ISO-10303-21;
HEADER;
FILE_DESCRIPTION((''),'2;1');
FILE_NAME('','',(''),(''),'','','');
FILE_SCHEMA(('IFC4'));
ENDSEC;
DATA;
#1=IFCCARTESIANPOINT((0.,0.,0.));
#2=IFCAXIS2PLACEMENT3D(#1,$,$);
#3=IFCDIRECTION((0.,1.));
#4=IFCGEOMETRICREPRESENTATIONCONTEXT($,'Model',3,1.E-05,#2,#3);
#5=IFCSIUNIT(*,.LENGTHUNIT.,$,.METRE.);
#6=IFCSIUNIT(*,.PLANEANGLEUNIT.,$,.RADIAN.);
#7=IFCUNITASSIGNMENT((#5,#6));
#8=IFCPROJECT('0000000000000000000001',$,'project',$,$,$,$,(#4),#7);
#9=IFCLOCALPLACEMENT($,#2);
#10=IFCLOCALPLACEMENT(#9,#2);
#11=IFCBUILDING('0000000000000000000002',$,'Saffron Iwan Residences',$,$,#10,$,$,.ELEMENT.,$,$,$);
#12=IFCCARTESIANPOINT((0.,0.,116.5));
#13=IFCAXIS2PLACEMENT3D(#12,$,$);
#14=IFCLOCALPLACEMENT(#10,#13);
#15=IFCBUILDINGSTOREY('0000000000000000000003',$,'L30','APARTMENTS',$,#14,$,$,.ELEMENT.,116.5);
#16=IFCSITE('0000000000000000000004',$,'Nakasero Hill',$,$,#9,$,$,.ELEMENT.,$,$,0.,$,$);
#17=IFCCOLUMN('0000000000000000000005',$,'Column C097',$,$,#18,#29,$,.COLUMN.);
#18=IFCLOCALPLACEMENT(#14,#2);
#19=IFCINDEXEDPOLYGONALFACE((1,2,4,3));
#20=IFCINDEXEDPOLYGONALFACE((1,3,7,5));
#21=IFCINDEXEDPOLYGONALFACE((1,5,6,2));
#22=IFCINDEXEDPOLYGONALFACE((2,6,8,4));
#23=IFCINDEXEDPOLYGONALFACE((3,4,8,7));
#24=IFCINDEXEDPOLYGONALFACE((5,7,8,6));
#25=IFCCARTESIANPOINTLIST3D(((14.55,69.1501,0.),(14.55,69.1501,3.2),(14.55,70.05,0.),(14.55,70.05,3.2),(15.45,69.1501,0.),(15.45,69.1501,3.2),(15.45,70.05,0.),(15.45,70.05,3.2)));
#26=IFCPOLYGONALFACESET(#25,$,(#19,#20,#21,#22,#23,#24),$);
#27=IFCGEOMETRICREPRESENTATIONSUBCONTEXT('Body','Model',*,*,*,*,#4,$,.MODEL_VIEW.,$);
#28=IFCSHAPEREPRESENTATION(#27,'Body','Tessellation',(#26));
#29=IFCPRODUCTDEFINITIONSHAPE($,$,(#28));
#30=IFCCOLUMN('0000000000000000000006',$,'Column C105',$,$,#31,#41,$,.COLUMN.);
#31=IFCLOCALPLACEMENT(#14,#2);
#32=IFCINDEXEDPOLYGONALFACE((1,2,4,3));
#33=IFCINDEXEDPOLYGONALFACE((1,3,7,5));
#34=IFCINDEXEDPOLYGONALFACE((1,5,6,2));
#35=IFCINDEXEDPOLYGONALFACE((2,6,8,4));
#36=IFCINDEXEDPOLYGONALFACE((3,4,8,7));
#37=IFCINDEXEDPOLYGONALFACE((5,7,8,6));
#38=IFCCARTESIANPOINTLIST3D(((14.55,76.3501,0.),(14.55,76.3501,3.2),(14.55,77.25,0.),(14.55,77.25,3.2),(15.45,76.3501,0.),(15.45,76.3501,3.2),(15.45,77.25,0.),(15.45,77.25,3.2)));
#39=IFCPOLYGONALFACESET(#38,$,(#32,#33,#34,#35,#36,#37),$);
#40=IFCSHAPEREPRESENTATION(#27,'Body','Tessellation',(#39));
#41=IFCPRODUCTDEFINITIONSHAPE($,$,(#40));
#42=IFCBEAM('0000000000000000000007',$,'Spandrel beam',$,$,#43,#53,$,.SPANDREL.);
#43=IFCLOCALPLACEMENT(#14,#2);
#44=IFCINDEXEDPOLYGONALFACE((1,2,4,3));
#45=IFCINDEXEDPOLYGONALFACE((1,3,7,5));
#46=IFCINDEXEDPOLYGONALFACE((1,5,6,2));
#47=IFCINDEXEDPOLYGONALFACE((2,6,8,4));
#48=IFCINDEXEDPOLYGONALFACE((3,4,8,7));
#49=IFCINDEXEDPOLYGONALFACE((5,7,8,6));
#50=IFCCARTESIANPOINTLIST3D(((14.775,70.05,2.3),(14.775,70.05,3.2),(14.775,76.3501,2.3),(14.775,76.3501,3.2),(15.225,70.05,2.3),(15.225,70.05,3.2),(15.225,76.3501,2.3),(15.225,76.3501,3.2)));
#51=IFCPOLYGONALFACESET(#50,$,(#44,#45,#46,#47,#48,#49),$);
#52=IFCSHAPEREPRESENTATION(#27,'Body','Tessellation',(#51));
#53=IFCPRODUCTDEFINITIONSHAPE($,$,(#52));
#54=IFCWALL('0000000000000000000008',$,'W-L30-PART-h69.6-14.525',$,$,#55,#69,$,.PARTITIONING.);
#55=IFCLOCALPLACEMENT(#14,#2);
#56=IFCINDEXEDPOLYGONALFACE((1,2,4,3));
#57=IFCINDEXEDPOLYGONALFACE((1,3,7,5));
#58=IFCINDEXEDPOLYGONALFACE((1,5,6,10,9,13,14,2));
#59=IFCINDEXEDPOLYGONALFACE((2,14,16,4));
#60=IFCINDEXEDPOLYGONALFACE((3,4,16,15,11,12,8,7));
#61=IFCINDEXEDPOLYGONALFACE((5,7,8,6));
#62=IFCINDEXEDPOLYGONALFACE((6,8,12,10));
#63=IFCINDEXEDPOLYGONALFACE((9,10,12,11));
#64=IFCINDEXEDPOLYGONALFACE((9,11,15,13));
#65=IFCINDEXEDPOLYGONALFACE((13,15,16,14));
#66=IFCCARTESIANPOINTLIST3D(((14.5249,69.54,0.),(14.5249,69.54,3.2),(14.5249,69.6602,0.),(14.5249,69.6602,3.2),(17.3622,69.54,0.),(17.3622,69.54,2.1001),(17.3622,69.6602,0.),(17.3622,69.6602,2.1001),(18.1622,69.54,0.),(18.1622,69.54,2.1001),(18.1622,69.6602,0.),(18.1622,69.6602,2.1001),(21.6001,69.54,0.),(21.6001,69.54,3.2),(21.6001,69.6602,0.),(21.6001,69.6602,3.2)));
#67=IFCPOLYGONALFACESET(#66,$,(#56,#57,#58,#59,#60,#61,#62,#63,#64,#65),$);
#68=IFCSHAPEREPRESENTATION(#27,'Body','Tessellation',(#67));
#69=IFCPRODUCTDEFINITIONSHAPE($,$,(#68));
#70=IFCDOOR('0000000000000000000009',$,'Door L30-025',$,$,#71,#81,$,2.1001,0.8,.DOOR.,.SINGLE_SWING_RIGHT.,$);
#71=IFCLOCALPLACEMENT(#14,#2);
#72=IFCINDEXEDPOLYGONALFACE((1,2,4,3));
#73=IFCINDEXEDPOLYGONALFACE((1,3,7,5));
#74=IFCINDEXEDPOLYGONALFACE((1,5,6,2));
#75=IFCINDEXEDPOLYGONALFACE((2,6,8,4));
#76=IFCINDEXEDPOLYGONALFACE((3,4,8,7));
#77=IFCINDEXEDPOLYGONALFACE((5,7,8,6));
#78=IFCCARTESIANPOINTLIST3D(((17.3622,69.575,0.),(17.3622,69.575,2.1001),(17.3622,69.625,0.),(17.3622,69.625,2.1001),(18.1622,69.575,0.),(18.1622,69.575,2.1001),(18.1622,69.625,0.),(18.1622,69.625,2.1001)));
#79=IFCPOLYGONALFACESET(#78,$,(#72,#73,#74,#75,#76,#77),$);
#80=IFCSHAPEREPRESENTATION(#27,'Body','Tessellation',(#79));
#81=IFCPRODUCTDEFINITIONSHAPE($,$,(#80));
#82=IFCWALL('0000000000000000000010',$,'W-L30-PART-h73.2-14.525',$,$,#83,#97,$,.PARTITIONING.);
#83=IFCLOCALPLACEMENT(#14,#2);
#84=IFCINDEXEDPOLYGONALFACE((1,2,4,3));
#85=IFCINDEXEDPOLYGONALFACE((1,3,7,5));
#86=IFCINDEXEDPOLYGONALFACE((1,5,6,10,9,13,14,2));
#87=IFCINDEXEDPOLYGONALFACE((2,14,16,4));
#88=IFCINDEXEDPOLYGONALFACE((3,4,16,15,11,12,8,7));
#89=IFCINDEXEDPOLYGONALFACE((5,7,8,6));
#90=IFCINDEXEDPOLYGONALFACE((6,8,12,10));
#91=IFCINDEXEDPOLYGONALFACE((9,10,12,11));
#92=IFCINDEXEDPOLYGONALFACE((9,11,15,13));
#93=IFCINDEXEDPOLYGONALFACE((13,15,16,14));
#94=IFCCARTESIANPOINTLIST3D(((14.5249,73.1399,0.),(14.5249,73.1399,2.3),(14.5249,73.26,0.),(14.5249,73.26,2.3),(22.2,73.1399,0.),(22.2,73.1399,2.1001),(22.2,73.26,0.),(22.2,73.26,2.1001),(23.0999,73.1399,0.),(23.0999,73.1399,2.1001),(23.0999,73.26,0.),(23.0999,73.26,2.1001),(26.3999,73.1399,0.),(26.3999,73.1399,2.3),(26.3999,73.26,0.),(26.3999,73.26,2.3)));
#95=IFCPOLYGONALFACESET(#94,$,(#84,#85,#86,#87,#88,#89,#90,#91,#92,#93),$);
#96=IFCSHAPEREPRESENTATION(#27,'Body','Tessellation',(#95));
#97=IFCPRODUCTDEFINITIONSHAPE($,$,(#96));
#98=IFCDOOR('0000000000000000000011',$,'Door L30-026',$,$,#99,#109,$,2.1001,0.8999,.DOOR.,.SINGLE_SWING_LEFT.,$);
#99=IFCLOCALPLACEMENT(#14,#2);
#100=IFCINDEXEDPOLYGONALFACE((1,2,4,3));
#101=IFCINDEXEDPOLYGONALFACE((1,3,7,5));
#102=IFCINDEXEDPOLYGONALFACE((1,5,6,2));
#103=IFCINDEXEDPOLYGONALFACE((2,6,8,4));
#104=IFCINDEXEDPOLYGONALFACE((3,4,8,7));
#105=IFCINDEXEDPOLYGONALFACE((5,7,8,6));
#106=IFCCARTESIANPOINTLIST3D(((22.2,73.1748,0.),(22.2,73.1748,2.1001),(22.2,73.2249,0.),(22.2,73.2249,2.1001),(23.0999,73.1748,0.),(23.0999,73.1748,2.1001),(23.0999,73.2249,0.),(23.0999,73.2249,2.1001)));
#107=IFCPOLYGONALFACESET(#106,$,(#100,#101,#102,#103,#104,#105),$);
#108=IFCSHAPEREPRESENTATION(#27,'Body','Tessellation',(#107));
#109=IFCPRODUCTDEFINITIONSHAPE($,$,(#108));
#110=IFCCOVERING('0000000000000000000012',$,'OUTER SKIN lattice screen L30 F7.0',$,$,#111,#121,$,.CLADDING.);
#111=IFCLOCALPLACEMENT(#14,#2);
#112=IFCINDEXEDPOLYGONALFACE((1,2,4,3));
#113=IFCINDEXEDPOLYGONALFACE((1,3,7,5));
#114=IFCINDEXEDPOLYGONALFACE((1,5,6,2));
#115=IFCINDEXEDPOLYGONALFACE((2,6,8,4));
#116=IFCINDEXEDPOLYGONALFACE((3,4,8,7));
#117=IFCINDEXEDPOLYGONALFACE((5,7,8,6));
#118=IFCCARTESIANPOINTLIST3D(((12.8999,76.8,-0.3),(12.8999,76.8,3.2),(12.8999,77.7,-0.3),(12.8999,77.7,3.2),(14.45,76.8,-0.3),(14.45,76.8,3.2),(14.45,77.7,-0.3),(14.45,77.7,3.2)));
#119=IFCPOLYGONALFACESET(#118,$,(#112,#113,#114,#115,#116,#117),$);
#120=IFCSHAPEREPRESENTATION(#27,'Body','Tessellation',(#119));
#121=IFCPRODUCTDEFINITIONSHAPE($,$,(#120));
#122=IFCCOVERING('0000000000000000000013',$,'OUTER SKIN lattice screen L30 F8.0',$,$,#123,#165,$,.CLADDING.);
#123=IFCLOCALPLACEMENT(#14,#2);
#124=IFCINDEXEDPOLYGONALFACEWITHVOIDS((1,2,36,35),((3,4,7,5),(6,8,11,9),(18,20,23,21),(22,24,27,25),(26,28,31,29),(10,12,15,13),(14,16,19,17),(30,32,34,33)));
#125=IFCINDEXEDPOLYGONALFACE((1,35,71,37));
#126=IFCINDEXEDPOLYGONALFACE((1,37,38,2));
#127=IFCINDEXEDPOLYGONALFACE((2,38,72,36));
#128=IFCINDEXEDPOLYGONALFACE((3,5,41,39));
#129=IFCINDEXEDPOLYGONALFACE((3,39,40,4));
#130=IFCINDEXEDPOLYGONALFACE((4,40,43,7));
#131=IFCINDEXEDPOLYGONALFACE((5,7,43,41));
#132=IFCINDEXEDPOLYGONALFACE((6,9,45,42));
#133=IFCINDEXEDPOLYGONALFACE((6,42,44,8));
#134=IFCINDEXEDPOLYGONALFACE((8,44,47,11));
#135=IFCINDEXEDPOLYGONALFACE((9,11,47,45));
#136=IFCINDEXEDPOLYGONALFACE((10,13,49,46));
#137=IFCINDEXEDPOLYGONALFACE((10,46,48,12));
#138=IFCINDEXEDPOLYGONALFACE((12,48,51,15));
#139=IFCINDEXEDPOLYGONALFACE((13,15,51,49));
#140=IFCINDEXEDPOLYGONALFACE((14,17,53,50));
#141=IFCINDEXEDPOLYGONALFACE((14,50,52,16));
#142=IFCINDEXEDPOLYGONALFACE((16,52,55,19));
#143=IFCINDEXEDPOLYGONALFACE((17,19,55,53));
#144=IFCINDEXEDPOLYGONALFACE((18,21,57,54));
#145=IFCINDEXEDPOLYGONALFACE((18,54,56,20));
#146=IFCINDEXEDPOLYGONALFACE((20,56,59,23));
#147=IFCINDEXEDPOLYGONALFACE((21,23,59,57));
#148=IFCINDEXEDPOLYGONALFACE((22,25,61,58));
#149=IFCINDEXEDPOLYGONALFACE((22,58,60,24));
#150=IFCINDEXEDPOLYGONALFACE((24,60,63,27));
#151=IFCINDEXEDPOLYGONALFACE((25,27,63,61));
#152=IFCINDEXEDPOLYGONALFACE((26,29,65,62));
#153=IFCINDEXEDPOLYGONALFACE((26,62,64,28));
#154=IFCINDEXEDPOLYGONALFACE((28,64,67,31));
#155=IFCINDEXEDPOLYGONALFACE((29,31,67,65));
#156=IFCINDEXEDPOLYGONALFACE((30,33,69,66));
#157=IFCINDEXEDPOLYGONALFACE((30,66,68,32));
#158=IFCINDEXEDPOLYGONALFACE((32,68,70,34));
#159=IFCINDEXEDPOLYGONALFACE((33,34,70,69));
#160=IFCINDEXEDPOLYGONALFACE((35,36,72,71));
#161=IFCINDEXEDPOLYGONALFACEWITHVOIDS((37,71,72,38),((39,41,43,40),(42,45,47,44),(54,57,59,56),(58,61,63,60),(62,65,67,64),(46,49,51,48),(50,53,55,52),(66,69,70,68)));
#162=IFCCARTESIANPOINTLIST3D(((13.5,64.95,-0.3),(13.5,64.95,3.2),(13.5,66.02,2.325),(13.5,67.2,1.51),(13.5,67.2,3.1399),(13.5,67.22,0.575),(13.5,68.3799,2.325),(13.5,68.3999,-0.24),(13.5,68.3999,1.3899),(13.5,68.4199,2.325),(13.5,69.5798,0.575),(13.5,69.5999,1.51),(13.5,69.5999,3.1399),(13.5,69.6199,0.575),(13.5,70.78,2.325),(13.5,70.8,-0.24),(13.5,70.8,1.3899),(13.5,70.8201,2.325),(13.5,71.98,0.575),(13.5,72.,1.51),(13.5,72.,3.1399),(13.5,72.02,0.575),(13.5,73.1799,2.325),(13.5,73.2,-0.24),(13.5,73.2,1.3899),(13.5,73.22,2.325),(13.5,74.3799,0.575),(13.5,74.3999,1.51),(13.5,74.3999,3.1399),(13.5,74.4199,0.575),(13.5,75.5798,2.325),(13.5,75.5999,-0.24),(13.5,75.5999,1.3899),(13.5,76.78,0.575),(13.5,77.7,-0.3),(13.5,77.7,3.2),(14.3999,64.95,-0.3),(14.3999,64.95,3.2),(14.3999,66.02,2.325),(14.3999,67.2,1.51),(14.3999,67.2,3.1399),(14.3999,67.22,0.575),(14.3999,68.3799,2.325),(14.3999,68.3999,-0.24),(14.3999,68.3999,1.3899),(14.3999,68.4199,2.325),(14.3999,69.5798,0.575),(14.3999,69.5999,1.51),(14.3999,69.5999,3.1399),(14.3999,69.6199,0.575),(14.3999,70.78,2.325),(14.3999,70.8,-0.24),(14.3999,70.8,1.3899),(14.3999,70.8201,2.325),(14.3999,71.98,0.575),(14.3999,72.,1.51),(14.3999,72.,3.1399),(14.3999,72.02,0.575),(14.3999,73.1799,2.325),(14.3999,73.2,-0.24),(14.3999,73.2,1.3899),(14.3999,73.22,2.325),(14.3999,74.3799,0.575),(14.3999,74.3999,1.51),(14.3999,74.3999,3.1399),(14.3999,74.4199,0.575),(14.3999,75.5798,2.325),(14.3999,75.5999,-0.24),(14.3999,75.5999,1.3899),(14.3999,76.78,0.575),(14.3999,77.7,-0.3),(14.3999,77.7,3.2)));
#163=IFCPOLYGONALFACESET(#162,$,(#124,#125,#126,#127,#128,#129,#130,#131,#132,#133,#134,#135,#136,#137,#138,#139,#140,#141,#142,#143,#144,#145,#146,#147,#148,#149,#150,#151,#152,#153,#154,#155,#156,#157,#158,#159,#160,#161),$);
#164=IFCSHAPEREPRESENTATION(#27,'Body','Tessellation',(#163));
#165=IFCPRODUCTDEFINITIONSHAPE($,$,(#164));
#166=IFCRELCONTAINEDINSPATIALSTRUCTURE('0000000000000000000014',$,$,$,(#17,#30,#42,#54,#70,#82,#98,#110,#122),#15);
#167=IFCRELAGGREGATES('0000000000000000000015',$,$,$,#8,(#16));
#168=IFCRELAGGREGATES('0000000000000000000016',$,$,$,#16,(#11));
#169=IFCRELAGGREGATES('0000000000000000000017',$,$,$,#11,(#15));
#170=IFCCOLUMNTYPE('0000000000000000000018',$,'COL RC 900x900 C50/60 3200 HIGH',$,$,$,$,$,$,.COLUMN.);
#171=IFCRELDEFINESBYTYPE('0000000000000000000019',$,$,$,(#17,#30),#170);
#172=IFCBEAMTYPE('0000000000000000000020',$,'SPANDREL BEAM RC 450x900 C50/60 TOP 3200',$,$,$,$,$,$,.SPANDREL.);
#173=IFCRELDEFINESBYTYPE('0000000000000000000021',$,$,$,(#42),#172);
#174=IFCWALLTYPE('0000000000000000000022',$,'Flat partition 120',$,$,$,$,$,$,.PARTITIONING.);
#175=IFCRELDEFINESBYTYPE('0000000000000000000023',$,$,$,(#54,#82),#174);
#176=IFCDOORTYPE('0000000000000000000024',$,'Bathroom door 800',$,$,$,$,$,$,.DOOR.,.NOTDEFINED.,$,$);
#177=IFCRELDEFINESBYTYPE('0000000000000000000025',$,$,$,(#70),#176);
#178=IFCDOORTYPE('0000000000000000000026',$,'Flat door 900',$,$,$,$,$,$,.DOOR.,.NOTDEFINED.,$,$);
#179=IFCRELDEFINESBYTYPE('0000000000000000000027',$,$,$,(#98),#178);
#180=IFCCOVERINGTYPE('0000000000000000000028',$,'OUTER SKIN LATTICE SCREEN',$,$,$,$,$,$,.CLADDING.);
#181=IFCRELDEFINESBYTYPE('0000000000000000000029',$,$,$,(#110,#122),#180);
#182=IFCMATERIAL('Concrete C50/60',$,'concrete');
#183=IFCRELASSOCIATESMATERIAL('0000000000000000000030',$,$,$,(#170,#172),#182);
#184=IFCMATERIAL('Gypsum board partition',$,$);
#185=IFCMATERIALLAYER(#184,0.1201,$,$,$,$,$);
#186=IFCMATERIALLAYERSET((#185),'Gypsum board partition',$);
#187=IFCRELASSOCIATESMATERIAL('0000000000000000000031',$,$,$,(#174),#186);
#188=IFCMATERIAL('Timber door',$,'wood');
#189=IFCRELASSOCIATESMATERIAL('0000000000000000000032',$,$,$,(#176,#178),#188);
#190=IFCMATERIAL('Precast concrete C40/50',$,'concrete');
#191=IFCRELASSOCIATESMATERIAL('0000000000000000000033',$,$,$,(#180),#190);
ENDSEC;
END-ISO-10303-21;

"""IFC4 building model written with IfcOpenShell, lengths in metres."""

from ifc_helpers import new_model, si_unit, direction, frame, frame_2d, origin, origin_2d, place, context, subcontext, project, spatial, polyline, rectangle, outline, extrude, source, transform, mapped, material, layer, layer_set, material_profile, profile_set, type_object, element, fill, save


model = new_model("IFC4")

# Units and contexts
model_context = context("Model", 3, precision=1e-05, world=origin(), true_north=direction((0.0, 1.0)))
body_context = subcontext(model_context, "Body", "Model", "MODEL_VIEW")
ifc_project = project(units=[si_unit("LENGTHUNIT", "METRE"), si_unit("PLANEANGLEUNIT", "RADIAN")], contexts=[model_context])

# Site, building, storey
site_placement = place(None, origin())
site = spatial("IfcSite", under=ifc_project, at=site_placement, Name="Nakasero Hill", CompositionType="ELEMENT", RefElevation=0.0)
building_placement = place(site_placement, origin())
building = spatial("IfcBuilding", under=site, at=building_placement, Name="Saffron Iwan Residences", CompositionType="ELEMENT")
storey_placement = place(building_placement, frame((0.0, 0.0, 116.5)))
storey = spatial("IfcBuildingStorey", under=building, at=storey_placement, Name="L30", Description="APARTMENTS", CompositionType="ELEMENT", Elevation=116.5)

# Columns
ifc_material_1 = material(Name="Concrete C50/60", Category="concrete")
ifc_material_profile_1 = material_profile(ifc_material_1, rectangle(XDim=0.8999, YDim=0.8999, at=origin_2d()), Name="RC 900x900")
ifc_profile_set_1 = profile_set([ifc_material_profile_1], Name="Concrete C50/60")
column_type = type_object("IfcColumnType", Name="COL RC 900x900 C50/60 3200 HIGH", PredefinedType="COLUMN", material=ifc_profile_set_1)
shared_shape_1 = source(origin(), body_context, "Body", "SweptSolid", [
    extrude(rectangle(XDim=0.8999, YDim=0.8999, at=origin_2d()), origin(), (0.0, 0.0, 1.0), 3.2),
])
for number, where, z_axis, x_axis, name in (
    (1, (15.0, 69.6001, 0.0), (0.0, 0.0, 1.0), (1.0, 0.0, 0.0), "Column C097"),
    (2, (15.0, 76.8, 0.0), (0.0, 0.0, 1.0), (1.0, 0.0, 0.0), "Column C105"),
):
    element("IfcColumn", number, at=place(storey_placement, frame(where, z_axis=z_axis, x_axis=x_axis)), inside=storey, type_object=column_type, Name=name, PredefinedType="COLUMN", context=body_context, shape_type="MappedRepresentation", body=[
        mapped(shared_shape_1, transform((0.0, 0.0, 0.0))),
    ])

# Beam
ifc_material_profile_2 = material_profile(ifc_material_1, rectangle(XDim=0.45, YDim=0.8999, at=origin_2d()), Name="RC 450x900")
ifc_profile_set_2 = profile_set([ifc_material_profile_2], Name="Concrete C50/60")
beam_type = type_object("IfcBeamType", Name="SPANDREL BEAM RC 450x900 C50/60 TOP 3200", PredefinedType="SPANDREL", material=ifc_profile_set_2)
shared_shape_2 = source(origin(), body_context, "Body", "SweptSolid", [
    extrude(rectangle(XDim=0.45, YDim=0.8999, at=origin_2d()), origin(), (0.0, 0.0, 1.0), 6.3),
])
beam_placement = place(storey_placement, frame((15.0, 70.05, 2.75), z_axis=(0.0, 1.0, 0.0), x_axis=(-1.0, 0.0, 0.0)))
element("IfcBeam", 3, at=beam_placement, inside=storey, type_object=beam_type, Name="Spandrel beam", PredefinedType="SPANDREL", context=body_context, shape_type="MappedRepresentation", body=[
    mapped(shared_shape_2, transform((0.0, 0.0, 0.0))),
])

# Walls, openings, doors
ifc_material_2 = material(Name="Gypsum board partition")
ifc_layer_1 = layer(ifc_material_2, 0.1201)
ifc_layer_set_1 = layer_set([ifc_layer_1], Name="Gypsum board partition")
wall_type_1 = type_object("IfcWallType", Name="Flat partition 120", PredefinedType="PARTITIONING", material=ifc_layer_set_1)
wall_1_placement = place(storey_placement, frame((14.5249, 69.6001, 0.0), z_axis=(0.0, 0.0, 1.0), x_axis=(1.0, 0.0, 0.0)))
wall_1 = element("IfcWall", 4, at=wall_1_placement, inside=storey, type_object=wall_type_1, Name="W-L30-PART-h69.6-14.525", PredefinedType="PARTITIONING", context=body_context, shape_type="SweptSolid", body=[
    extrude(rectangle(XDim=7.0752, YDim=0.1201, at=frame_2d((3.5376, 0.0))), origin(), (0.0, 0.0, 1.0), 3.2),
])
opening_1_placement = place(wall_1_placement, frame((2.8374, 0.0, 0.0)))
opening_1 = element("IfcOpeningElement", 5, at=opening_1_placement, cuts=wall_1, PredefinedType="OPENING", context=body_context, shape_type="SweptSolid", body=[
    extrude(rectangle(XDim=0.8, YDim=2.1001, at=frame_2d((0.3999, 1.05))), frame((0.0, 0.0701, 0.0), z_axis=(0.0, -1.0, 0.0), x_axis=(1.0, 0.0, 0.0)), (0.0, 0.0, 1.0), 0.1401),
])
ifc_material_3 = material(Name="Timber door", Category="wood")
door_type_1 = type_object("IfcDoorType", Name="Bathroom door 800", OperationType="NOTDEFINED", PredefinedType="DOOR", material=ifc_material_3)
door_1_placement = place(opening_1_placement, origin())
door_1 = element("IfcDoor", 6, at=door_1_placement, inside=storey, type_object=door_type_1, Name="Door L30-025", OperationType="SINGLE_SWING_RIGHT", OverallHeight=2.1001, OverallWidth=0.8, PredefinedType="DOOR", context=body_context, shape_type="SweptSolid", body=[
    extrude(rectangle(XDim=0.8, YDim=2.1001, at=frame_2d((0.3999, 1.05))), frame((0.0, 0.0249, 0.0), z_axis=(0.0, -1.0, 0.0), x_axis=(1.0, 0.0, 0.0)), (0.0, 0.0, 1.0), 0.05),
])
fill(opening_1, door_1)
wall_2_placement = place(storey_placement, frame((14.5249, 73.2, 0.0), z_axis=(0.0, 0.0, 1.0), x_axis=(1.0, 0.0, 0.0)))
wall_2 = element("IfcWall", 7, at=wall_2_placement, inside=storey, type_object=wall_type_1, Name="W-L30-PART-h73.2-14.525", PredefinedType="PARTITIONING", context=body_context, shape_type="SweptSolid", body=[
    extrude(rectangle(XDim=11.875, YDim=0.1201, at=frame_2d((5.9375, 0.0))), origin(), (0.0, 0.0, 1.0), 2.3),
])
opening_2_placement = place(wall_2_placement, frame((7.675, 0.0, 0.0)))
opening_2 = element("IfcOpeningElement", 8, at=opening_2_placement, cuts=wall_2, PredefinedType="OPENING", context=body_context, shape_type="SweptSolid", body=[
    extrude(rectangle(XDim=0.8999, YDim=2.1001, at=frame_2d((0.45, 1.05))), frame((0.0, 0.0701, 0.0), z_axis=(0.0, -1.0, 0.0), x_axis=(1.0, 0.0, 0.0)), (0.0, 0.0, 1.0), 0.1401),
])
door_type_2 = type_object("IfcDoorType", Name="Flat door 900", OperationType="NOTDEFINED", PredefinedType="DOOR", material=ifc_material_3)
door_2_placement = place(opening_2_placement, origin())
door_2 = element("IfcDoor", 9, at=door_2_placement, inside=storey, type_object=door_type_2, Name="Door L30-026", OperationType="SINGLE_SWING_LEFT", OverallHeight=2.1001, OverallWidth=0.8999, PredefinedType="DOOR", context=body_context, shape_type="SweptSolid", body=[
    extrude(rectangle(XDim=0.8999, YDim=2.1001, at=frame_2d((0.45, 1.05))), frame((0.0, 0.0249, 0.0), z_axis=(0.0, -1.0, 0.0), x_axis=(1.0, 0.0, 0.0)), (0.0, 0.0, 1.0), 0.05),
])
fill(opening_2, door_2)

# Coverings
ifc_material_4 = material(Name="Precast concrete C40/50", Category="concrete")
covering_type_1 = type_object("IfcCoveringType", Name="OUTER SKIN LATTICE SCREEN", PredefinedType="CLADDING", material=ifc_material_4)
covering_1_placement = place(storey_placement, frame((14.45, 76.8, -0.3), z_axis=(0.0, 1.0, 0.0), x_axis=(-1.0, 0.0, 0.0)))
element("IfcCovering", 10, at=covering_1_placement, inside=storey, type_object=covering_type_1, Name="OUTER SKIN lattice screen L30 F7.0", PredefinedType="CLADDING", context=body_context, shape_type="SweptSolid", body=[
    extrude(outline(polyline([(0.0, 0.0), (1.55, 0.0), (1.55, 3.5), (0.0, 3.5), (0.0, 0.0)])), origin(), (0.0, 0.0, 1.0), 0.8999),
])
covering_2_placement = place(storey_placement, frame((14.3999, 77.7, -0.3), z_axis=(-1.0, 0.0, 0.0), x_axis=(0.0, -1.0, 0.0)))
element("IfcCovering", 11, at=covering_2_placement, inside=storey, type_object=covering_type_1, Name="OUTER SKIN lattice screen L30 F8.0", PredefinedType="CLADDING", context=body_context, shape_type="SweptSolid", body=[
    extrude(outline(polyline([(0.0, 0.0), (12.75, 0.0), (12.75, 3.5), (0.0, 3.5), (0.0, 0.0)]), holes=[polyline([(0.9199, 0.875), (2.1001, 0.0601), (3.28, 0.875), (2.1001, 1.6899), (0.9199, 0.875)]), polyline([(3.3201, 0.875), (4.5, 0.0601), (5.6799, 0.875), (4.5, 1.6899), (3.3201, 0.875)]), polyline([(5.72, 0.875), (6.8999, 0.0601), (8.0801, 0.875), (6.8999, 1.6899), (5.72, 0.875)]), polyline([(8.1201, 0.875), (9.3, 0.0601), (10.48, 0.875), (9.3, 1.6899), (8.1201, 0.875)]), polyline([(2.1201, 2.625), (3.3, 1.8101), (4.48, 2.625), (3.3, 3.4399), (2.1201, 2.625)]), polyline([(4.52, 2.625), (5.7, 1.8101), (6.8799, 2.625), (5.7, 3.4399), (4.52, 2.625)]), polyline([(6.9199, 2.625), (8.1001, 1.8101), (9.28, 2.625), (8.1001, 3.4399), (6.9199, 2.625)]), polyline([(9.3201, 2.625), (10.5, 1.8101), (11.6799, 2.625), (10.5, 3.4399), (9.3201, 2.625)])]), origin(), (0.0, 0.0, 1.0), 0.8999),
])

save(model, "model.ifc")
